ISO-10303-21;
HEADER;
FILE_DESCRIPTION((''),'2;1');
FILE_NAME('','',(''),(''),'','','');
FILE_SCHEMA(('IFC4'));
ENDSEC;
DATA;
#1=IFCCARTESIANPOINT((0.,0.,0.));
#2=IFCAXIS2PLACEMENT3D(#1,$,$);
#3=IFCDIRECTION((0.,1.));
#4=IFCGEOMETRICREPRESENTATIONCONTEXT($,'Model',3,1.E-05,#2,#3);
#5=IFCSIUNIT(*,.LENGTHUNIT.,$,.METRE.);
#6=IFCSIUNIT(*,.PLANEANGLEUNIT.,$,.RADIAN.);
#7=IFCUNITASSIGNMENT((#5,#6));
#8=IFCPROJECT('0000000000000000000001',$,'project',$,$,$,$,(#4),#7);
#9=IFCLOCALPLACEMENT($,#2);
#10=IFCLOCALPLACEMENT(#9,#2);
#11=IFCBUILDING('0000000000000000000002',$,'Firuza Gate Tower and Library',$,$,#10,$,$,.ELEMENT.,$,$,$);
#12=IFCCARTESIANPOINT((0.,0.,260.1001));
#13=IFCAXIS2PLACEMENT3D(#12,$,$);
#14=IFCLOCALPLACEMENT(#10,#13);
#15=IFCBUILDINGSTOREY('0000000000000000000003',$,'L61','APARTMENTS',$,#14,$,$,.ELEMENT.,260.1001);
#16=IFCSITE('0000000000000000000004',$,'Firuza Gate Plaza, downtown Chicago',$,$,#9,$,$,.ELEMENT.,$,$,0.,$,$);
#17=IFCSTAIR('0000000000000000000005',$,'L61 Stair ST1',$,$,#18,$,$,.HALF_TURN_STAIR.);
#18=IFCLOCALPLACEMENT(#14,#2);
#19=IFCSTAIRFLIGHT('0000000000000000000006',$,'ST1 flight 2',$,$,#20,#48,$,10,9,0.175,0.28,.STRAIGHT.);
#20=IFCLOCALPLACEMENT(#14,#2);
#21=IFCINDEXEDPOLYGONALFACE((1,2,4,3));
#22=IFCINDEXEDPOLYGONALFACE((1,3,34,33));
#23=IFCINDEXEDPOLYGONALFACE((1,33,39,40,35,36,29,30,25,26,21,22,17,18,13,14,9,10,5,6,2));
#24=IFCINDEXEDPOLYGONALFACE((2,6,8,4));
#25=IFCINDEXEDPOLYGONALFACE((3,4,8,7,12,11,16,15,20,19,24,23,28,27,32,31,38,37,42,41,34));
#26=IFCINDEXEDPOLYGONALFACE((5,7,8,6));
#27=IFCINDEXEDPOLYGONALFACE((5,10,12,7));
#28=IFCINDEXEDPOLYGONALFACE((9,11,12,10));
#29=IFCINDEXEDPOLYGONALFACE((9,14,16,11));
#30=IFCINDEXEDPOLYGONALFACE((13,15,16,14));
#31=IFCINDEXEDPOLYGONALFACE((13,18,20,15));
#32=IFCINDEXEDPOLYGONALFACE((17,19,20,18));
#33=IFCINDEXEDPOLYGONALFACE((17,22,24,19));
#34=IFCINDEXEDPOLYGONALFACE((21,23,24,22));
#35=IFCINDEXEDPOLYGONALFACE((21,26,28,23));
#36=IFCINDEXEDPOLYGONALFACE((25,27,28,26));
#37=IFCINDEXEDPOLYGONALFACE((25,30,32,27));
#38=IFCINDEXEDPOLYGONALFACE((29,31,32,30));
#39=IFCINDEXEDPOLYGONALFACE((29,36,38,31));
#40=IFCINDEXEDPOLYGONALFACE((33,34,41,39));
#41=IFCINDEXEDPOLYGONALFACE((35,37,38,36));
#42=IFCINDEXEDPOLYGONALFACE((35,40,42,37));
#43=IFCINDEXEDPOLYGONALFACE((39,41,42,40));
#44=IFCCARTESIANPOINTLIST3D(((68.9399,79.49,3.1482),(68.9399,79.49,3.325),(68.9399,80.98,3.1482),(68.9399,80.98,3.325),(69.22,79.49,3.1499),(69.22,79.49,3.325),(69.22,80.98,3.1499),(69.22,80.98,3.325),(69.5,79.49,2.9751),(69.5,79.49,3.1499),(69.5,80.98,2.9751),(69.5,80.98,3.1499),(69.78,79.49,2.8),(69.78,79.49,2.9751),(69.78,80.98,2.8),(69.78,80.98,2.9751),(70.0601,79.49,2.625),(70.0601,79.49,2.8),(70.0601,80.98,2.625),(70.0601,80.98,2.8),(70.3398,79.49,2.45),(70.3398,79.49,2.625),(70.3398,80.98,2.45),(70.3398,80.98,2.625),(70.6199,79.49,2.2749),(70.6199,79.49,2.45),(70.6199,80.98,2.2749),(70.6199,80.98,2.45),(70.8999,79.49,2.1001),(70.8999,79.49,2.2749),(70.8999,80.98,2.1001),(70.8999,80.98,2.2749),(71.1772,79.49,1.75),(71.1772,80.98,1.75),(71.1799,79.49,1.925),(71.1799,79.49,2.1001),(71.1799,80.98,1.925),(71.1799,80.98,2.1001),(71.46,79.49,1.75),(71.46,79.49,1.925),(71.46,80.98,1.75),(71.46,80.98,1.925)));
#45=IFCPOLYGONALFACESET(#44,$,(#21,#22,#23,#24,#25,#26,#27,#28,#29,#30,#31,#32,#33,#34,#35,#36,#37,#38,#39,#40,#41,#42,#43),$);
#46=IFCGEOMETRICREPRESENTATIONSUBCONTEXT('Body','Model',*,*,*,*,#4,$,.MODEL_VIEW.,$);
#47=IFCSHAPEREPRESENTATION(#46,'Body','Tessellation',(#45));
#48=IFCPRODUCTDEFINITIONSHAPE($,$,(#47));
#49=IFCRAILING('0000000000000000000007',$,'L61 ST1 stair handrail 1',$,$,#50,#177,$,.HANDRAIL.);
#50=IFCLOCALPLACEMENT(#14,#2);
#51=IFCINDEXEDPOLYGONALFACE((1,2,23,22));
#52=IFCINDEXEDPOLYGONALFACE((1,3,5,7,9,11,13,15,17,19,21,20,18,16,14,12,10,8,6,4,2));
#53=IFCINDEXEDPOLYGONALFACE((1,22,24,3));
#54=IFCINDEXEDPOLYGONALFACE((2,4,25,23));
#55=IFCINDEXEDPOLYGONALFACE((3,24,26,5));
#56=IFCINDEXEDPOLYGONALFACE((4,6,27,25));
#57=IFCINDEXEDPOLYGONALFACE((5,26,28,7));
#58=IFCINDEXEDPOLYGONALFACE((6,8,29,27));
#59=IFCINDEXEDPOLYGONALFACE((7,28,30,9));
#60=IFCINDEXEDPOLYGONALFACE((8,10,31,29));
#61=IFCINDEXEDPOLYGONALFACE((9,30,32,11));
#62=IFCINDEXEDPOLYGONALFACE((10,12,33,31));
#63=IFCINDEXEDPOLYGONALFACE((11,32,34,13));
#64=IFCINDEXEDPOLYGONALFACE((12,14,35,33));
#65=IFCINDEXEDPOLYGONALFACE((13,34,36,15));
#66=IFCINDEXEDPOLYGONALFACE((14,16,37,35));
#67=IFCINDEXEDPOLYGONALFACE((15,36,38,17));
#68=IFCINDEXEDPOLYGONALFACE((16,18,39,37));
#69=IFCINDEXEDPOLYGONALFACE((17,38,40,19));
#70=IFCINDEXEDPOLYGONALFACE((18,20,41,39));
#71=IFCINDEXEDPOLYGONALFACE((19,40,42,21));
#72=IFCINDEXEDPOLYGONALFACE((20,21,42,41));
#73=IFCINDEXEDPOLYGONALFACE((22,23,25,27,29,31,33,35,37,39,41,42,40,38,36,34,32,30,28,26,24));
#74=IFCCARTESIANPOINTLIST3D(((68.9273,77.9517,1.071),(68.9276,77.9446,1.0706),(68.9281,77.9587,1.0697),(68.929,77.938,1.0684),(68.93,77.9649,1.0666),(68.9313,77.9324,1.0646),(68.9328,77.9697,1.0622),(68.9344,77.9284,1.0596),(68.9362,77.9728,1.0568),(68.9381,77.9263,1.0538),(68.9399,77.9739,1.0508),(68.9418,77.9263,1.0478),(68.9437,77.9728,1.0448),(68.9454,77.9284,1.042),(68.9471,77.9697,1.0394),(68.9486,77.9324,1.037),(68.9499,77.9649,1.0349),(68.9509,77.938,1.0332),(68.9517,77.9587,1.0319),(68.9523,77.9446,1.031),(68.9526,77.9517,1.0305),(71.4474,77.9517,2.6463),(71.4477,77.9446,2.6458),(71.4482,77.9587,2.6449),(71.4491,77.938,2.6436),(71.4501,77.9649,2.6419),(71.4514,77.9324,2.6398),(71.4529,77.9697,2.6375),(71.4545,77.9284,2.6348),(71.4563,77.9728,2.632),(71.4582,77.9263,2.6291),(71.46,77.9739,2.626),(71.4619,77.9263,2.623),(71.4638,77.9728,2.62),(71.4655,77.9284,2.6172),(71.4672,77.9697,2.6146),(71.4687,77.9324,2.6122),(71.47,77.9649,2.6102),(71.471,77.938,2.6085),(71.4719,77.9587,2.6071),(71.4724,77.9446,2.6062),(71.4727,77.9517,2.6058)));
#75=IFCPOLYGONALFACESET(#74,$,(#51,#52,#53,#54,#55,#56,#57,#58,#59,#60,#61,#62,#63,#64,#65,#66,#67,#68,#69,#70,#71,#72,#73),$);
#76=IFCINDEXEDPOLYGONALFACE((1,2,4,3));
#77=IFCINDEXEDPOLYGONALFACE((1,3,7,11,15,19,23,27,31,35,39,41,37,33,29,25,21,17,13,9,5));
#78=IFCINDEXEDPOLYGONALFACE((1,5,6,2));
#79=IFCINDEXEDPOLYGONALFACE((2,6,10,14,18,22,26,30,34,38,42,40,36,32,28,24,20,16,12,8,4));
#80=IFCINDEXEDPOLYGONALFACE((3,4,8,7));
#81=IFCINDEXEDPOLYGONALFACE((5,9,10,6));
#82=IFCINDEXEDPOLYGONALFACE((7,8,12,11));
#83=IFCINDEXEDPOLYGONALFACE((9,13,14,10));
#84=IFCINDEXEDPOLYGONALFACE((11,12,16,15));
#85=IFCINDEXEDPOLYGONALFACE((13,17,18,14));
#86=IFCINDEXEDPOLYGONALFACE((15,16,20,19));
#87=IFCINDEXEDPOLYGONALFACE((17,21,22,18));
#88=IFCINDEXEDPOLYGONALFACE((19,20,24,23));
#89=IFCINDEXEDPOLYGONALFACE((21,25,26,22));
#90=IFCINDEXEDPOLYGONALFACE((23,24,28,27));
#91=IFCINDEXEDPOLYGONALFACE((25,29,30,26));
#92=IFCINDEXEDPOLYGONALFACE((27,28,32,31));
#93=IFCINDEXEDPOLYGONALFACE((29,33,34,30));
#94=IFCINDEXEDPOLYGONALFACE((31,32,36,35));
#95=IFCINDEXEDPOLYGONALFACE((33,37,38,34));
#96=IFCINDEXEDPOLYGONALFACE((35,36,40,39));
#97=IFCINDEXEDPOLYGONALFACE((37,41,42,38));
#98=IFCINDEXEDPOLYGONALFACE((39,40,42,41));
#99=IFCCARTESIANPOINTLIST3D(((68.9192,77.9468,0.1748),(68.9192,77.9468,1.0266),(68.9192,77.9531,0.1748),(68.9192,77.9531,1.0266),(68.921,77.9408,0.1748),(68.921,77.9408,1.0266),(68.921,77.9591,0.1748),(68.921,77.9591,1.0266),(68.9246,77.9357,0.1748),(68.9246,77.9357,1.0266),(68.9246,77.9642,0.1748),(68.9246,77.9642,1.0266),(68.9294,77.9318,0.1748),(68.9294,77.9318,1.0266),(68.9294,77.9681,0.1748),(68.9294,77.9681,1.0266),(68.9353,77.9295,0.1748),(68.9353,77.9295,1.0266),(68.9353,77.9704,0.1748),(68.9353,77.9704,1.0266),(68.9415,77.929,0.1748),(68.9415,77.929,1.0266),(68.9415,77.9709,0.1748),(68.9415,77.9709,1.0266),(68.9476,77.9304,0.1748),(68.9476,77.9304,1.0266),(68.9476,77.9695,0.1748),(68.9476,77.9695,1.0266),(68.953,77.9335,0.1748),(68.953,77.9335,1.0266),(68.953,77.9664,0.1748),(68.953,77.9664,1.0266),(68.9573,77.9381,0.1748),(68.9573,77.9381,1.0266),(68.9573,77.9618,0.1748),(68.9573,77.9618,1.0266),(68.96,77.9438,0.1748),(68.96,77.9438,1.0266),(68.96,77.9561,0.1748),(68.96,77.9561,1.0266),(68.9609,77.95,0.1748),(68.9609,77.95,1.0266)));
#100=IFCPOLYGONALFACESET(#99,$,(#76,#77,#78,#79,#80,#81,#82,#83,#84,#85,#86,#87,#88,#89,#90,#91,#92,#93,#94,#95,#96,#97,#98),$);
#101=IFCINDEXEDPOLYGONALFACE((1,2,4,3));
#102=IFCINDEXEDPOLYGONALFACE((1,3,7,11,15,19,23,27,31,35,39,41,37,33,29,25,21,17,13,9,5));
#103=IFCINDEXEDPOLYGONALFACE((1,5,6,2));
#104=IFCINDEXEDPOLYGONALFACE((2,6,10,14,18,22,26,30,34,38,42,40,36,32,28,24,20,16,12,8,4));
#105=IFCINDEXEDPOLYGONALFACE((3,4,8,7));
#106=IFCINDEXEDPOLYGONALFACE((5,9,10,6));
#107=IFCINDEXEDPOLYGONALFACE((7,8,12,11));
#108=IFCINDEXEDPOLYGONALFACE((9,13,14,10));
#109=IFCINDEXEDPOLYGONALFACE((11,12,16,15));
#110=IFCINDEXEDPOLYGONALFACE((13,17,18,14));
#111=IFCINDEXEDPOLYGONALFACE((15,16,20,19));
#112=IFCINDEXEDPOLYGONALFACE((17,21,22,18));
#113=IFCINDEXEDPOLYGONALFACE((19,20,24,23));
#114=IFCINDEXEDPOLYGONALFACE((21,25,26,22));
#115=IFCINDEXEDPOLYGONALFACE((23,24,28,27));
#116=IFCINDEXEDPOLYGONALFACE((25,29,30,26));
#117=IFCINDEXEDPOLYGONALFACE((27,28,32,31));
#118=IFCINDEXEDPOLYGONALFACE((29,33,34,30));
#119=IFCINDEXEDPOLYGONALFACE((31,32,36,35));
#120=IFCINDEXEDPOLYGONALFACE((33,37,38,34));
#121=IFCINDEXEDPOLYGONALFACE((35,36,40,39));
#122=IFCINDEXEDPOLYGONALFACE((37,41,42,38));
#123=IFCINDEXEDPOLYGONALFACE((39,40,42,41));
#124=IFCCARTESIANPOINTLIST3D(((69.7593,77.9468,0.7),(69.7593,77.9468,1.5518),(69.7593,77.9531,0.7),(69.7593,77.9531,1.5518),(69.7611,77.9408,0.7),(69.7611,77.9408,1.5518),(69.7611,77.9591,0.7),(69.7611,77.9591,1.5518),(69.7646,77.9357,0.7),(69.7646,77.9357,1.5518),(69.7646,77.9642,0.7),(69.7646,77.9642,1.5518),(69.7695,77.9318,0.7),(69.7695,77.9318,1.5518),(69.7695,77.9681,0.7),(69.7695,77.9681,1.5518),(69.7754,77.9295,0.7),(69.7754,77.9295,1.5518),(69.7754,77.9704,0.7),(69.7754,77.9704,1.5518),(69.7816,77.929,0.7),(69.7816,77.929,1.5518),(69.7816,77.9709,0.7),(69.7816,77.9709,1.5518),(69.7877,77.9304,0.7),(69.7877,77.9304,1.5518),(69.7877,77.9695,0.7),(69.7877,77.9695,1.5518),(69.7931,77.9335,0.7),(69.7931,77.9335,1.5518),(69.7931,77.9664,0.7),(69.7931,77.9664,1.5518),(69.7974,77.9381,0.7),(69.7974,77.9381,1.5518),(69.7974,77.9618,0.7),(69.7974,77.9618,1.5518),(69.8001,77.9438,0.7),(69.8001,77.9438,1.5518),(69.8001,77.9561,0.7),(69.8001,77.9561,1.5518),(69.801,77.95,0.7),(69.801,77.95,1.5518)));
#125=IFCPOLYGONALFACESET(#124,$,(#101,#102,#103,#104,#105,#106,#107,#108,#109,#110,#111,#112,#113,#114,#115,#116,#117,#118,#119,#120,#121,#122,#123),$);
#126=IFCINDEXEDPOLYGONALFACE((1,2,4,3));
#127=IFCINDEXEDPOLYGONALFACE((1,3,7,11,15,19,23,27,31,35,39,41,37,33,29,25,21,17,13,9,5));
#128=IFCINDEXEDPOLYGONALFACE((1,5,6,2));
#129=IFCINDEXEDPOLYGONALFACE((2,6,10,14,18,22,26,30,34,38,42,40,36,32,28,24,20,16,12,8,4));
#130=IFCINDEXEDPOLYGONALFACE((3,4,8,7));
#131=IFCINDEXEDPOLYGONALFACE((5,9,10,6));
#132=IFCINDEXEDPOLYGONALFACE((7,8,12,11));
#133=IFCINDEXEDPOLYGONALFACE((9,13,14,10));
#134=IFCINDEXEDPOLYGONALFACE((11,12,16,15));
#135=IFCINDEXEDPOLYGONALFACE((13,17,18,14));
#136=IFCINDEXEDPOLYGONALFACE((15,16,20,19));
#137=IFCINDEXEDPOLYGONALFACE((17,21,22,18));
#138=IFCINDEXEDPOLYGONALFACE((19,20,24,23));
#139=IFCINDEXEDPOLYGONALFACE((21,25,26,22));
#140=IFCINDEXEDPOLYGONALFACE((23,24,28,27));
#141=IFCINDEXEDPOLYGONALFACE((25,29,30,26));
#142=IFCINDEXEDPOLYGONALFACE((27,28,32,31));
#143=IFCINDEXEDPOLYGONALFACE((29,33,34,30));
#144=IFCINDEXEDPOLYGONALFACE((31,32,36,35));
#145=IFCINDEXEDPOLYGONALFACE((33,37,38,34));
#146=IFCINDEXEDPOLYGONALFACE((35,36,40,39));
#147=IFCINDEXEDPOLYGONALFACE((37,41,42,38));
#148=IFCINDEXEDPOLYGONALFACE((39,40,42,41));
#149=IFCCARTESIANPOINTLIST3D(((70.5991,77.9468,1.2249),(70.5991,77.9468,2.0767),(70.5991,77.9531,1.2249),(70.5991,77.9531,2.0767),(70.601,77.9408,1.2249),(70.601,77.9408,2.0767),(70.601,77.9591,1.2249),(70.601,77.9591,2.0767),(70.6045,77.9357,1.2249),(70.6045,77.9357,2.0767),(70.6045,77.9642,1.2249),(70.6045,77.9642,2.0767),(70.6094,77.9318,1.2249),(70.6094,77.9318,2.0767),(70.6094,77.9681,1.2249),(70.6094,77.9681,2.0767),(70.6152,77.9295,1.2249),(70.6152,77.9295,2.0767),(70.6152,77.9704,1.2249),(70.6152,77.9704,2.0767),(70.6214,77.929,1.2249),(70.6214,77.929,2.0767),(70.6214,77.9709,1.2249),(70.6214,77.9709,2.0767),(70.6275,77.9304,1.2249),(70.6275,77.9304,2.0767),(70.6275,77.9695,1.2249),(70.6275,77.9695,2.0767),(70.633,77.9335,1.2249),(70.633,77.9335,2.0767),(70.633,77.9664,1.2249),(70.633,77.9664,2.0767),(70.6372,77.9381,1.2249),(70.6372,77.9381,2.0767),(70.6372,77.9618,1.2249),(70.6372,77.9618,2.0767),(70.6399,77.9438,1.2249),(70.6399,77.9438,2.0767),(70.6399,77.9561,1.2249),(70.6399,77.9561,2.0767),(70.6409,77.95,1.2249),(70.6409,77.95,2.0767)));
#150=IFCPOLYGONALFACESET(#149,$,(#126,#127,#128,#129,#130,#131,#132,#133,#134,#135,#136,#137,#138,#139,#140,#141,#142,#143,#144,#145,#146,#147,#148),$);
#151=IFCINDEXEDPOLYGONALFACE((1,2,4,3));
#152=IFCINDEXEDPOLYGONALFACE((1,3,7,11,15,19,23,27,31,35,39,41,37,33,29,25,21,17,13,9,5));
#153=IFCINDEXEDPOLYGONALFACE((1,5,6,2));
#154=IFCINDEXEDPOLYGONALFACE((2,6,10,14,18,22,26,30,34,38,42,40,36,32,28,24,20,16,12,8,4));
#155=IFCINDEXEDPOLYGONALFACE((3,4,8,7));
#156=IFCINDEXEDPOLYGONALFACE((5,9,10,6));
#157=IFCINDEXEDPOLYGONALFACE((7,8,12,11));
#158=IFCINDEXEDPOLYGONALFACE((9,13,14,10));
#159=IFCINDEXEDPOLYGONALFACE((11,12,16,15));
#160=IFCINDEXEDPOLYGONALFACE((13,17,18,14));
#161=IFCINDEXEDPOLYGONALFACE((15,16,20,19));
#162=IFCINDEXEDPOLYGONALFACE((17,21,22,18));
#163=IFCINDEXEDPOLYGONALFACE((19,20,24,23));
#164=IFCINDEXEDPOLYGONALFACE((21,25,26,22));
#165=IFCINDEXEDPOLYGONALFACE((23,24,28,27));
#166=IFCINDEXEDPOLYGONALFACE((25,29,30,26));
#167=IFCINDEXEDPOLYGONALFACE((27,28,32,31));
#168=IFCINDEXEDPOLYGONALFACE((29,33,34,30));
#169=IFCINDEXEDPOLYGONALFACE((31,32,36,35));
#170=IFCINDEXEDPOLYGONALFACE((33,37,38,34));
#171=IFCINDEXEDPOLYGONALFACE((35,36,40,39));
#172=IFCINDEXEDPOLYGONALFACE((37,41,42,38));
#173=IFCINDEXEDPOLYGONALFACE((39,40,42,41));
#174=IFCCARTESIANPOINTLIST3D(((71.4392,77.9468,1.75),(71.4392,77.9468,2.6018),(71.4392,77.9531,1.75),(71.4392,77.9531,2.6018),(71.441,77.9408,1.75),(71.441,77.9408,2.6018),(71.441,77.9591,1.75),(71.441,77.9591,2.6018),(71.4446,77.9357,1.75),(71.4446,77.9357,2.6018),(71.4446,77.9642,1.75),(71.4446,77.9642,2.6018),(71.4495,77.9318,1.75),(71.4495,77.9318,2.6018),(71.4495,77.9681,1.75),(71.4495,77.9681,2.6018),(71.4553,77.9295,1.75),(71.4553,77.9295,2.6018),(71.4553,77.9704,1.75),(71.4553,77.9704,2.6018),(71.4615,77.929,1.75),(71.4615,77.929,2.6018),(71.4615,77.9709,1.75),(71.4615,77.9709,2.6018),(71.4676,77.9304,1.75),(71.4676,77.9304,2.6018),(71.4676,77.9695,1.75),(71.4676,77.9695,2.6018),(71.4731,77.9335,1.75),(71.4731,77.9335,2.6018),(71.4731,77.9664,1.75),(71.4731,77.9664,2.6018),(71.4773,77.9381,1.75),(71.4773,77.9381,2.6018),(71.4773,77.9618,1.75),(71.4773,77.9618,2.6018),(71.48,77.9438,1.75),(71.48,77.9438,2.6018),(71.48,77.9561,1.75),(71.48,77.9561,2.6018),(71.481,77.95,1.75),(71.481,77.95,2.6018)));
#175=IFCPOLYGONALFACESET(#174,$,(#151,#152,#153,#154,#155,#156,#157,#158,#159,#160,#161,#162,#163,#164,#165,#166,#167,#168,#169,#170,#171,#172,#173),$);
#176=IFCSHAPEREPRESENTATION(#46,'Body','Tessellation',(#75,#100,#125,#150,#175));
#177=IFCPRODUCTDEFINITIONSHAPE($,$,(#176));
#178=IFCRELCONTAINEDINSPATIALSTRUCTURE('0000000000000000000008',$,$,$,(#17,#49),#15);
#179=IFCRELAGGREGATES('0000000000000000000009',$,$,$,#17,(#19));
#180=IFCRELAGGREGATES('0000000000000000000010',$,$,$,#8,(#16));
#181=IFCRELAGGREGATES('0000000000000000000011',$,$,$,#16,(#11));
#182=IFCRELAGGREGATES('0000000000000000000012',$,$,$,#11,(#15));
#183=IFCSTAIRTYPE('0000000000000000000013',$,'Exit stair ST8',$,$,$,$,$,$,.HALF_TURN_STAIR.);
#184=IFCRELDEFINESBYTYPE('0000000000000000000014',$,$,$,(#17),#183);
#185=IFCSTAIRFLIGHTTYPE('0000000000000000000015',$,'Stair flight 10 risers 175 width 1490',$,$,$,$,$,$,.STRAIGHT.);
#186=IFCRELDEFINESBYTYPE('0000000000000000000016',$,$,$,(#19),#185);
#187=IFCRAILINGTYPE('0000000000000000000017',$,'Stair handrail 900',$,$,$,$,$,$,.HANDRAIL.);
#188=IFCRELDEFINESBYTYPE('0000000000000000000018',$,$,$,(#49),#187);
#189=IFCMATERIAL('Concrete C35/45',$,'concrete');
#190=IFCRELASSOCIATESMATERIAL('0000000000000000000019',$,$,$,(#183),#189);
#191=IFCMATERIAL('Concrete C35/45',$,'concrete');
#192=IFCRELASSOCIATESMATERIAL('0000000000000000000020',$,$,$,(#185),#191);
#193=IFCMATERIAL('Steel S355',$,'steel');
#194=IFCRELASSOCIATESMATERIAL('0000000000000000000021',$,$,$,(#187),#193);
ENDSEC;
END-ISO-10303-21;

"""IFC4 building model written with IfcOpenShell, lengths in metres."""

from ifc_helpers import new_model, si_unit, direction, frame, origin, origin_2d, place, context, subcontext, project, spatial, polyline, circle, outline, extrude, material, type_object, element, aggregate, save


model = new_model("IFC4")

# Units and contexts
model_context = context("Model", 3, precision=1e-05, world=origin(), true_north=direction((0.0, 1.0)))
body_context = subcontext(model_context, "Body", "Model", "MODEL_VIEW")
ifc_project = project(units=[si_unit("LENGTHUNIT", "METRE"), si_unit("PLANEANGLEUNIT", "RADIAN")], contexts=[model_context])

# Site, building, storey
site_placement = place(None, origin())
site = spatial("IfcSite", under=ifc_project, at=site_placement, Name="Firuza Gate Plaza, downtown Chicago", CompositionType="ELEMENT", RefElevation=0.0)
building_placement = place(site_placement, origin())
building = spatial("IfcBuilding", under=site, at=building_placement, Name="Firuza Gate Tower and Library", CompositionType="ELEMENT")
storey_placement = place(building_placement, frame((0.0, 0.0, 260.1001)))
storey = spatial("IfcBuildingStorey", under=building, at=storey_placement, Name="L61", Description="APARTMENTS", CompositionType="ELEMENT", Elevation=260.1001)

# Stair, stair flight
ifc_material_1 = material(Name="Concrete C35/45", Category="concrete")
stair_type = type_object("IfcStairType", Name="Exit stair ST8", PredefinedType="HALF_TURN_STAIR", material=ifc_material_1)
stair_placement = place(storey_placement, origin())
stair = element("IfcStair", 1, at=stair_placement, inside=storey, type_object=stair_type, Name="L61 Stair ST1", PredefinedType="HALF_TURN_STAIR")
ifc_material_2 = material(Name="Concrete C35/45", Category="concrete")
stair_flight_type = type_object("IfcStairFlightType", Name="Stair flight 10 risers 175 width 1490", PredefinedType="STRAIGHT", material=ifc_material_2)
stair_flight_1_placement = place(storey_placement, frame((71.46, 80.2351, 1.75), z_axis=(0.0, 0.0, 1.0), x_axis=(-1.0, 0.0, 0.0)))
stair_flight_1 = element("IfcStairFlight", 2, at=stair_flight_1_placement, type_object=stair_flight_type, Name="ST1 flight 2", NumberOfRisers=10, NumberOfTreads=9, PredefinedType="STRAIGHT", RiserHeight=0.175, TreadLength=0.28, context=body_context, shape_type="SweptSolid", body=[
    extrude(outline(polyline([(0.0, 0.0), (0.0, 0.175), (0.28, 0.175), (0.28, 0.3501), (0.5601, 0.3501), (0.5601, 0.5249), (0.8401, 0.5249), (0.8401, 0.7), (1.1201, 0.7), (1.1201, 0.875), (1.3999, 0.875), (1.3999, 1.05), (1.6799, 1.05), (1.6799, 1.2251), (1.96, 1.2251), (1.96, 1.3999), (2.24, 1.3999), (2.24, 1.575), (2.52, 1.575), (2.52, 1.75), (2.52, 1.3982), (0.2827, 0.0), (0.0, 0.0)])), frame((0.0, 0.7451, 0.0), z_axis=(0.0, -1.0, 0.0), x_axis=(1.0, 0.0, 0.0)), (0.0, 0.0, 1.0), 1.49),
])
aggregate(stair, [stair_flight_1])

# Railing
ifc_material_3 = material(Name="Steel S355", Category="steel")
railing_type_1 = type_object("IfcRailingType", Name="Stair handrail 900", PredefinedType="HANDRAIL", material=ifc_material_3)
railing_1_placement = place(storey_placement, frame((68.9399, 77.95, 0.1748)))
element("IfcRailing", 3, at=railing_1_placement, inside=storey, type_object=railing_type_1, Name="L61 ST1 stair handrail 1", PredefinedType="HANDRAIL", context=body_context, shape_type="SweptSolid", body=[
    extrude(circle(Radius=0.0239, at=origin_2d()), frame((0.0, 0.0, 0.876), z_axis=(0.847971, 0.0, 0.530043), x_axis=(0.0, 1.0, 0.0)), (0.0, 0.0, 1.0), 2.9719),
    extrude(circle(Radius=0.021, at=origin_2d()), origin(), (0.0, 0.0, 1.0), 0.8518),
    extrude(circle(Radius=0.021, at=origin_2d()), frame((0.8401, 0.0, 0.5251)), (0.0, 0.0, 1.0), 0.8518),
    extrude(circle(Radius=0.021, at=origin_2d()), frame((1.6799, 0.0, 1.05)), (0.0, 0.0, 1.0), 0.8518),
    extrude(circle(Radius=0.021, at=origin_2d()), frame((2.52, 0.0, 1.5752)), (0.0, 0.0, 1.0), 0.8518),
])

save(model, "model.ifc")
